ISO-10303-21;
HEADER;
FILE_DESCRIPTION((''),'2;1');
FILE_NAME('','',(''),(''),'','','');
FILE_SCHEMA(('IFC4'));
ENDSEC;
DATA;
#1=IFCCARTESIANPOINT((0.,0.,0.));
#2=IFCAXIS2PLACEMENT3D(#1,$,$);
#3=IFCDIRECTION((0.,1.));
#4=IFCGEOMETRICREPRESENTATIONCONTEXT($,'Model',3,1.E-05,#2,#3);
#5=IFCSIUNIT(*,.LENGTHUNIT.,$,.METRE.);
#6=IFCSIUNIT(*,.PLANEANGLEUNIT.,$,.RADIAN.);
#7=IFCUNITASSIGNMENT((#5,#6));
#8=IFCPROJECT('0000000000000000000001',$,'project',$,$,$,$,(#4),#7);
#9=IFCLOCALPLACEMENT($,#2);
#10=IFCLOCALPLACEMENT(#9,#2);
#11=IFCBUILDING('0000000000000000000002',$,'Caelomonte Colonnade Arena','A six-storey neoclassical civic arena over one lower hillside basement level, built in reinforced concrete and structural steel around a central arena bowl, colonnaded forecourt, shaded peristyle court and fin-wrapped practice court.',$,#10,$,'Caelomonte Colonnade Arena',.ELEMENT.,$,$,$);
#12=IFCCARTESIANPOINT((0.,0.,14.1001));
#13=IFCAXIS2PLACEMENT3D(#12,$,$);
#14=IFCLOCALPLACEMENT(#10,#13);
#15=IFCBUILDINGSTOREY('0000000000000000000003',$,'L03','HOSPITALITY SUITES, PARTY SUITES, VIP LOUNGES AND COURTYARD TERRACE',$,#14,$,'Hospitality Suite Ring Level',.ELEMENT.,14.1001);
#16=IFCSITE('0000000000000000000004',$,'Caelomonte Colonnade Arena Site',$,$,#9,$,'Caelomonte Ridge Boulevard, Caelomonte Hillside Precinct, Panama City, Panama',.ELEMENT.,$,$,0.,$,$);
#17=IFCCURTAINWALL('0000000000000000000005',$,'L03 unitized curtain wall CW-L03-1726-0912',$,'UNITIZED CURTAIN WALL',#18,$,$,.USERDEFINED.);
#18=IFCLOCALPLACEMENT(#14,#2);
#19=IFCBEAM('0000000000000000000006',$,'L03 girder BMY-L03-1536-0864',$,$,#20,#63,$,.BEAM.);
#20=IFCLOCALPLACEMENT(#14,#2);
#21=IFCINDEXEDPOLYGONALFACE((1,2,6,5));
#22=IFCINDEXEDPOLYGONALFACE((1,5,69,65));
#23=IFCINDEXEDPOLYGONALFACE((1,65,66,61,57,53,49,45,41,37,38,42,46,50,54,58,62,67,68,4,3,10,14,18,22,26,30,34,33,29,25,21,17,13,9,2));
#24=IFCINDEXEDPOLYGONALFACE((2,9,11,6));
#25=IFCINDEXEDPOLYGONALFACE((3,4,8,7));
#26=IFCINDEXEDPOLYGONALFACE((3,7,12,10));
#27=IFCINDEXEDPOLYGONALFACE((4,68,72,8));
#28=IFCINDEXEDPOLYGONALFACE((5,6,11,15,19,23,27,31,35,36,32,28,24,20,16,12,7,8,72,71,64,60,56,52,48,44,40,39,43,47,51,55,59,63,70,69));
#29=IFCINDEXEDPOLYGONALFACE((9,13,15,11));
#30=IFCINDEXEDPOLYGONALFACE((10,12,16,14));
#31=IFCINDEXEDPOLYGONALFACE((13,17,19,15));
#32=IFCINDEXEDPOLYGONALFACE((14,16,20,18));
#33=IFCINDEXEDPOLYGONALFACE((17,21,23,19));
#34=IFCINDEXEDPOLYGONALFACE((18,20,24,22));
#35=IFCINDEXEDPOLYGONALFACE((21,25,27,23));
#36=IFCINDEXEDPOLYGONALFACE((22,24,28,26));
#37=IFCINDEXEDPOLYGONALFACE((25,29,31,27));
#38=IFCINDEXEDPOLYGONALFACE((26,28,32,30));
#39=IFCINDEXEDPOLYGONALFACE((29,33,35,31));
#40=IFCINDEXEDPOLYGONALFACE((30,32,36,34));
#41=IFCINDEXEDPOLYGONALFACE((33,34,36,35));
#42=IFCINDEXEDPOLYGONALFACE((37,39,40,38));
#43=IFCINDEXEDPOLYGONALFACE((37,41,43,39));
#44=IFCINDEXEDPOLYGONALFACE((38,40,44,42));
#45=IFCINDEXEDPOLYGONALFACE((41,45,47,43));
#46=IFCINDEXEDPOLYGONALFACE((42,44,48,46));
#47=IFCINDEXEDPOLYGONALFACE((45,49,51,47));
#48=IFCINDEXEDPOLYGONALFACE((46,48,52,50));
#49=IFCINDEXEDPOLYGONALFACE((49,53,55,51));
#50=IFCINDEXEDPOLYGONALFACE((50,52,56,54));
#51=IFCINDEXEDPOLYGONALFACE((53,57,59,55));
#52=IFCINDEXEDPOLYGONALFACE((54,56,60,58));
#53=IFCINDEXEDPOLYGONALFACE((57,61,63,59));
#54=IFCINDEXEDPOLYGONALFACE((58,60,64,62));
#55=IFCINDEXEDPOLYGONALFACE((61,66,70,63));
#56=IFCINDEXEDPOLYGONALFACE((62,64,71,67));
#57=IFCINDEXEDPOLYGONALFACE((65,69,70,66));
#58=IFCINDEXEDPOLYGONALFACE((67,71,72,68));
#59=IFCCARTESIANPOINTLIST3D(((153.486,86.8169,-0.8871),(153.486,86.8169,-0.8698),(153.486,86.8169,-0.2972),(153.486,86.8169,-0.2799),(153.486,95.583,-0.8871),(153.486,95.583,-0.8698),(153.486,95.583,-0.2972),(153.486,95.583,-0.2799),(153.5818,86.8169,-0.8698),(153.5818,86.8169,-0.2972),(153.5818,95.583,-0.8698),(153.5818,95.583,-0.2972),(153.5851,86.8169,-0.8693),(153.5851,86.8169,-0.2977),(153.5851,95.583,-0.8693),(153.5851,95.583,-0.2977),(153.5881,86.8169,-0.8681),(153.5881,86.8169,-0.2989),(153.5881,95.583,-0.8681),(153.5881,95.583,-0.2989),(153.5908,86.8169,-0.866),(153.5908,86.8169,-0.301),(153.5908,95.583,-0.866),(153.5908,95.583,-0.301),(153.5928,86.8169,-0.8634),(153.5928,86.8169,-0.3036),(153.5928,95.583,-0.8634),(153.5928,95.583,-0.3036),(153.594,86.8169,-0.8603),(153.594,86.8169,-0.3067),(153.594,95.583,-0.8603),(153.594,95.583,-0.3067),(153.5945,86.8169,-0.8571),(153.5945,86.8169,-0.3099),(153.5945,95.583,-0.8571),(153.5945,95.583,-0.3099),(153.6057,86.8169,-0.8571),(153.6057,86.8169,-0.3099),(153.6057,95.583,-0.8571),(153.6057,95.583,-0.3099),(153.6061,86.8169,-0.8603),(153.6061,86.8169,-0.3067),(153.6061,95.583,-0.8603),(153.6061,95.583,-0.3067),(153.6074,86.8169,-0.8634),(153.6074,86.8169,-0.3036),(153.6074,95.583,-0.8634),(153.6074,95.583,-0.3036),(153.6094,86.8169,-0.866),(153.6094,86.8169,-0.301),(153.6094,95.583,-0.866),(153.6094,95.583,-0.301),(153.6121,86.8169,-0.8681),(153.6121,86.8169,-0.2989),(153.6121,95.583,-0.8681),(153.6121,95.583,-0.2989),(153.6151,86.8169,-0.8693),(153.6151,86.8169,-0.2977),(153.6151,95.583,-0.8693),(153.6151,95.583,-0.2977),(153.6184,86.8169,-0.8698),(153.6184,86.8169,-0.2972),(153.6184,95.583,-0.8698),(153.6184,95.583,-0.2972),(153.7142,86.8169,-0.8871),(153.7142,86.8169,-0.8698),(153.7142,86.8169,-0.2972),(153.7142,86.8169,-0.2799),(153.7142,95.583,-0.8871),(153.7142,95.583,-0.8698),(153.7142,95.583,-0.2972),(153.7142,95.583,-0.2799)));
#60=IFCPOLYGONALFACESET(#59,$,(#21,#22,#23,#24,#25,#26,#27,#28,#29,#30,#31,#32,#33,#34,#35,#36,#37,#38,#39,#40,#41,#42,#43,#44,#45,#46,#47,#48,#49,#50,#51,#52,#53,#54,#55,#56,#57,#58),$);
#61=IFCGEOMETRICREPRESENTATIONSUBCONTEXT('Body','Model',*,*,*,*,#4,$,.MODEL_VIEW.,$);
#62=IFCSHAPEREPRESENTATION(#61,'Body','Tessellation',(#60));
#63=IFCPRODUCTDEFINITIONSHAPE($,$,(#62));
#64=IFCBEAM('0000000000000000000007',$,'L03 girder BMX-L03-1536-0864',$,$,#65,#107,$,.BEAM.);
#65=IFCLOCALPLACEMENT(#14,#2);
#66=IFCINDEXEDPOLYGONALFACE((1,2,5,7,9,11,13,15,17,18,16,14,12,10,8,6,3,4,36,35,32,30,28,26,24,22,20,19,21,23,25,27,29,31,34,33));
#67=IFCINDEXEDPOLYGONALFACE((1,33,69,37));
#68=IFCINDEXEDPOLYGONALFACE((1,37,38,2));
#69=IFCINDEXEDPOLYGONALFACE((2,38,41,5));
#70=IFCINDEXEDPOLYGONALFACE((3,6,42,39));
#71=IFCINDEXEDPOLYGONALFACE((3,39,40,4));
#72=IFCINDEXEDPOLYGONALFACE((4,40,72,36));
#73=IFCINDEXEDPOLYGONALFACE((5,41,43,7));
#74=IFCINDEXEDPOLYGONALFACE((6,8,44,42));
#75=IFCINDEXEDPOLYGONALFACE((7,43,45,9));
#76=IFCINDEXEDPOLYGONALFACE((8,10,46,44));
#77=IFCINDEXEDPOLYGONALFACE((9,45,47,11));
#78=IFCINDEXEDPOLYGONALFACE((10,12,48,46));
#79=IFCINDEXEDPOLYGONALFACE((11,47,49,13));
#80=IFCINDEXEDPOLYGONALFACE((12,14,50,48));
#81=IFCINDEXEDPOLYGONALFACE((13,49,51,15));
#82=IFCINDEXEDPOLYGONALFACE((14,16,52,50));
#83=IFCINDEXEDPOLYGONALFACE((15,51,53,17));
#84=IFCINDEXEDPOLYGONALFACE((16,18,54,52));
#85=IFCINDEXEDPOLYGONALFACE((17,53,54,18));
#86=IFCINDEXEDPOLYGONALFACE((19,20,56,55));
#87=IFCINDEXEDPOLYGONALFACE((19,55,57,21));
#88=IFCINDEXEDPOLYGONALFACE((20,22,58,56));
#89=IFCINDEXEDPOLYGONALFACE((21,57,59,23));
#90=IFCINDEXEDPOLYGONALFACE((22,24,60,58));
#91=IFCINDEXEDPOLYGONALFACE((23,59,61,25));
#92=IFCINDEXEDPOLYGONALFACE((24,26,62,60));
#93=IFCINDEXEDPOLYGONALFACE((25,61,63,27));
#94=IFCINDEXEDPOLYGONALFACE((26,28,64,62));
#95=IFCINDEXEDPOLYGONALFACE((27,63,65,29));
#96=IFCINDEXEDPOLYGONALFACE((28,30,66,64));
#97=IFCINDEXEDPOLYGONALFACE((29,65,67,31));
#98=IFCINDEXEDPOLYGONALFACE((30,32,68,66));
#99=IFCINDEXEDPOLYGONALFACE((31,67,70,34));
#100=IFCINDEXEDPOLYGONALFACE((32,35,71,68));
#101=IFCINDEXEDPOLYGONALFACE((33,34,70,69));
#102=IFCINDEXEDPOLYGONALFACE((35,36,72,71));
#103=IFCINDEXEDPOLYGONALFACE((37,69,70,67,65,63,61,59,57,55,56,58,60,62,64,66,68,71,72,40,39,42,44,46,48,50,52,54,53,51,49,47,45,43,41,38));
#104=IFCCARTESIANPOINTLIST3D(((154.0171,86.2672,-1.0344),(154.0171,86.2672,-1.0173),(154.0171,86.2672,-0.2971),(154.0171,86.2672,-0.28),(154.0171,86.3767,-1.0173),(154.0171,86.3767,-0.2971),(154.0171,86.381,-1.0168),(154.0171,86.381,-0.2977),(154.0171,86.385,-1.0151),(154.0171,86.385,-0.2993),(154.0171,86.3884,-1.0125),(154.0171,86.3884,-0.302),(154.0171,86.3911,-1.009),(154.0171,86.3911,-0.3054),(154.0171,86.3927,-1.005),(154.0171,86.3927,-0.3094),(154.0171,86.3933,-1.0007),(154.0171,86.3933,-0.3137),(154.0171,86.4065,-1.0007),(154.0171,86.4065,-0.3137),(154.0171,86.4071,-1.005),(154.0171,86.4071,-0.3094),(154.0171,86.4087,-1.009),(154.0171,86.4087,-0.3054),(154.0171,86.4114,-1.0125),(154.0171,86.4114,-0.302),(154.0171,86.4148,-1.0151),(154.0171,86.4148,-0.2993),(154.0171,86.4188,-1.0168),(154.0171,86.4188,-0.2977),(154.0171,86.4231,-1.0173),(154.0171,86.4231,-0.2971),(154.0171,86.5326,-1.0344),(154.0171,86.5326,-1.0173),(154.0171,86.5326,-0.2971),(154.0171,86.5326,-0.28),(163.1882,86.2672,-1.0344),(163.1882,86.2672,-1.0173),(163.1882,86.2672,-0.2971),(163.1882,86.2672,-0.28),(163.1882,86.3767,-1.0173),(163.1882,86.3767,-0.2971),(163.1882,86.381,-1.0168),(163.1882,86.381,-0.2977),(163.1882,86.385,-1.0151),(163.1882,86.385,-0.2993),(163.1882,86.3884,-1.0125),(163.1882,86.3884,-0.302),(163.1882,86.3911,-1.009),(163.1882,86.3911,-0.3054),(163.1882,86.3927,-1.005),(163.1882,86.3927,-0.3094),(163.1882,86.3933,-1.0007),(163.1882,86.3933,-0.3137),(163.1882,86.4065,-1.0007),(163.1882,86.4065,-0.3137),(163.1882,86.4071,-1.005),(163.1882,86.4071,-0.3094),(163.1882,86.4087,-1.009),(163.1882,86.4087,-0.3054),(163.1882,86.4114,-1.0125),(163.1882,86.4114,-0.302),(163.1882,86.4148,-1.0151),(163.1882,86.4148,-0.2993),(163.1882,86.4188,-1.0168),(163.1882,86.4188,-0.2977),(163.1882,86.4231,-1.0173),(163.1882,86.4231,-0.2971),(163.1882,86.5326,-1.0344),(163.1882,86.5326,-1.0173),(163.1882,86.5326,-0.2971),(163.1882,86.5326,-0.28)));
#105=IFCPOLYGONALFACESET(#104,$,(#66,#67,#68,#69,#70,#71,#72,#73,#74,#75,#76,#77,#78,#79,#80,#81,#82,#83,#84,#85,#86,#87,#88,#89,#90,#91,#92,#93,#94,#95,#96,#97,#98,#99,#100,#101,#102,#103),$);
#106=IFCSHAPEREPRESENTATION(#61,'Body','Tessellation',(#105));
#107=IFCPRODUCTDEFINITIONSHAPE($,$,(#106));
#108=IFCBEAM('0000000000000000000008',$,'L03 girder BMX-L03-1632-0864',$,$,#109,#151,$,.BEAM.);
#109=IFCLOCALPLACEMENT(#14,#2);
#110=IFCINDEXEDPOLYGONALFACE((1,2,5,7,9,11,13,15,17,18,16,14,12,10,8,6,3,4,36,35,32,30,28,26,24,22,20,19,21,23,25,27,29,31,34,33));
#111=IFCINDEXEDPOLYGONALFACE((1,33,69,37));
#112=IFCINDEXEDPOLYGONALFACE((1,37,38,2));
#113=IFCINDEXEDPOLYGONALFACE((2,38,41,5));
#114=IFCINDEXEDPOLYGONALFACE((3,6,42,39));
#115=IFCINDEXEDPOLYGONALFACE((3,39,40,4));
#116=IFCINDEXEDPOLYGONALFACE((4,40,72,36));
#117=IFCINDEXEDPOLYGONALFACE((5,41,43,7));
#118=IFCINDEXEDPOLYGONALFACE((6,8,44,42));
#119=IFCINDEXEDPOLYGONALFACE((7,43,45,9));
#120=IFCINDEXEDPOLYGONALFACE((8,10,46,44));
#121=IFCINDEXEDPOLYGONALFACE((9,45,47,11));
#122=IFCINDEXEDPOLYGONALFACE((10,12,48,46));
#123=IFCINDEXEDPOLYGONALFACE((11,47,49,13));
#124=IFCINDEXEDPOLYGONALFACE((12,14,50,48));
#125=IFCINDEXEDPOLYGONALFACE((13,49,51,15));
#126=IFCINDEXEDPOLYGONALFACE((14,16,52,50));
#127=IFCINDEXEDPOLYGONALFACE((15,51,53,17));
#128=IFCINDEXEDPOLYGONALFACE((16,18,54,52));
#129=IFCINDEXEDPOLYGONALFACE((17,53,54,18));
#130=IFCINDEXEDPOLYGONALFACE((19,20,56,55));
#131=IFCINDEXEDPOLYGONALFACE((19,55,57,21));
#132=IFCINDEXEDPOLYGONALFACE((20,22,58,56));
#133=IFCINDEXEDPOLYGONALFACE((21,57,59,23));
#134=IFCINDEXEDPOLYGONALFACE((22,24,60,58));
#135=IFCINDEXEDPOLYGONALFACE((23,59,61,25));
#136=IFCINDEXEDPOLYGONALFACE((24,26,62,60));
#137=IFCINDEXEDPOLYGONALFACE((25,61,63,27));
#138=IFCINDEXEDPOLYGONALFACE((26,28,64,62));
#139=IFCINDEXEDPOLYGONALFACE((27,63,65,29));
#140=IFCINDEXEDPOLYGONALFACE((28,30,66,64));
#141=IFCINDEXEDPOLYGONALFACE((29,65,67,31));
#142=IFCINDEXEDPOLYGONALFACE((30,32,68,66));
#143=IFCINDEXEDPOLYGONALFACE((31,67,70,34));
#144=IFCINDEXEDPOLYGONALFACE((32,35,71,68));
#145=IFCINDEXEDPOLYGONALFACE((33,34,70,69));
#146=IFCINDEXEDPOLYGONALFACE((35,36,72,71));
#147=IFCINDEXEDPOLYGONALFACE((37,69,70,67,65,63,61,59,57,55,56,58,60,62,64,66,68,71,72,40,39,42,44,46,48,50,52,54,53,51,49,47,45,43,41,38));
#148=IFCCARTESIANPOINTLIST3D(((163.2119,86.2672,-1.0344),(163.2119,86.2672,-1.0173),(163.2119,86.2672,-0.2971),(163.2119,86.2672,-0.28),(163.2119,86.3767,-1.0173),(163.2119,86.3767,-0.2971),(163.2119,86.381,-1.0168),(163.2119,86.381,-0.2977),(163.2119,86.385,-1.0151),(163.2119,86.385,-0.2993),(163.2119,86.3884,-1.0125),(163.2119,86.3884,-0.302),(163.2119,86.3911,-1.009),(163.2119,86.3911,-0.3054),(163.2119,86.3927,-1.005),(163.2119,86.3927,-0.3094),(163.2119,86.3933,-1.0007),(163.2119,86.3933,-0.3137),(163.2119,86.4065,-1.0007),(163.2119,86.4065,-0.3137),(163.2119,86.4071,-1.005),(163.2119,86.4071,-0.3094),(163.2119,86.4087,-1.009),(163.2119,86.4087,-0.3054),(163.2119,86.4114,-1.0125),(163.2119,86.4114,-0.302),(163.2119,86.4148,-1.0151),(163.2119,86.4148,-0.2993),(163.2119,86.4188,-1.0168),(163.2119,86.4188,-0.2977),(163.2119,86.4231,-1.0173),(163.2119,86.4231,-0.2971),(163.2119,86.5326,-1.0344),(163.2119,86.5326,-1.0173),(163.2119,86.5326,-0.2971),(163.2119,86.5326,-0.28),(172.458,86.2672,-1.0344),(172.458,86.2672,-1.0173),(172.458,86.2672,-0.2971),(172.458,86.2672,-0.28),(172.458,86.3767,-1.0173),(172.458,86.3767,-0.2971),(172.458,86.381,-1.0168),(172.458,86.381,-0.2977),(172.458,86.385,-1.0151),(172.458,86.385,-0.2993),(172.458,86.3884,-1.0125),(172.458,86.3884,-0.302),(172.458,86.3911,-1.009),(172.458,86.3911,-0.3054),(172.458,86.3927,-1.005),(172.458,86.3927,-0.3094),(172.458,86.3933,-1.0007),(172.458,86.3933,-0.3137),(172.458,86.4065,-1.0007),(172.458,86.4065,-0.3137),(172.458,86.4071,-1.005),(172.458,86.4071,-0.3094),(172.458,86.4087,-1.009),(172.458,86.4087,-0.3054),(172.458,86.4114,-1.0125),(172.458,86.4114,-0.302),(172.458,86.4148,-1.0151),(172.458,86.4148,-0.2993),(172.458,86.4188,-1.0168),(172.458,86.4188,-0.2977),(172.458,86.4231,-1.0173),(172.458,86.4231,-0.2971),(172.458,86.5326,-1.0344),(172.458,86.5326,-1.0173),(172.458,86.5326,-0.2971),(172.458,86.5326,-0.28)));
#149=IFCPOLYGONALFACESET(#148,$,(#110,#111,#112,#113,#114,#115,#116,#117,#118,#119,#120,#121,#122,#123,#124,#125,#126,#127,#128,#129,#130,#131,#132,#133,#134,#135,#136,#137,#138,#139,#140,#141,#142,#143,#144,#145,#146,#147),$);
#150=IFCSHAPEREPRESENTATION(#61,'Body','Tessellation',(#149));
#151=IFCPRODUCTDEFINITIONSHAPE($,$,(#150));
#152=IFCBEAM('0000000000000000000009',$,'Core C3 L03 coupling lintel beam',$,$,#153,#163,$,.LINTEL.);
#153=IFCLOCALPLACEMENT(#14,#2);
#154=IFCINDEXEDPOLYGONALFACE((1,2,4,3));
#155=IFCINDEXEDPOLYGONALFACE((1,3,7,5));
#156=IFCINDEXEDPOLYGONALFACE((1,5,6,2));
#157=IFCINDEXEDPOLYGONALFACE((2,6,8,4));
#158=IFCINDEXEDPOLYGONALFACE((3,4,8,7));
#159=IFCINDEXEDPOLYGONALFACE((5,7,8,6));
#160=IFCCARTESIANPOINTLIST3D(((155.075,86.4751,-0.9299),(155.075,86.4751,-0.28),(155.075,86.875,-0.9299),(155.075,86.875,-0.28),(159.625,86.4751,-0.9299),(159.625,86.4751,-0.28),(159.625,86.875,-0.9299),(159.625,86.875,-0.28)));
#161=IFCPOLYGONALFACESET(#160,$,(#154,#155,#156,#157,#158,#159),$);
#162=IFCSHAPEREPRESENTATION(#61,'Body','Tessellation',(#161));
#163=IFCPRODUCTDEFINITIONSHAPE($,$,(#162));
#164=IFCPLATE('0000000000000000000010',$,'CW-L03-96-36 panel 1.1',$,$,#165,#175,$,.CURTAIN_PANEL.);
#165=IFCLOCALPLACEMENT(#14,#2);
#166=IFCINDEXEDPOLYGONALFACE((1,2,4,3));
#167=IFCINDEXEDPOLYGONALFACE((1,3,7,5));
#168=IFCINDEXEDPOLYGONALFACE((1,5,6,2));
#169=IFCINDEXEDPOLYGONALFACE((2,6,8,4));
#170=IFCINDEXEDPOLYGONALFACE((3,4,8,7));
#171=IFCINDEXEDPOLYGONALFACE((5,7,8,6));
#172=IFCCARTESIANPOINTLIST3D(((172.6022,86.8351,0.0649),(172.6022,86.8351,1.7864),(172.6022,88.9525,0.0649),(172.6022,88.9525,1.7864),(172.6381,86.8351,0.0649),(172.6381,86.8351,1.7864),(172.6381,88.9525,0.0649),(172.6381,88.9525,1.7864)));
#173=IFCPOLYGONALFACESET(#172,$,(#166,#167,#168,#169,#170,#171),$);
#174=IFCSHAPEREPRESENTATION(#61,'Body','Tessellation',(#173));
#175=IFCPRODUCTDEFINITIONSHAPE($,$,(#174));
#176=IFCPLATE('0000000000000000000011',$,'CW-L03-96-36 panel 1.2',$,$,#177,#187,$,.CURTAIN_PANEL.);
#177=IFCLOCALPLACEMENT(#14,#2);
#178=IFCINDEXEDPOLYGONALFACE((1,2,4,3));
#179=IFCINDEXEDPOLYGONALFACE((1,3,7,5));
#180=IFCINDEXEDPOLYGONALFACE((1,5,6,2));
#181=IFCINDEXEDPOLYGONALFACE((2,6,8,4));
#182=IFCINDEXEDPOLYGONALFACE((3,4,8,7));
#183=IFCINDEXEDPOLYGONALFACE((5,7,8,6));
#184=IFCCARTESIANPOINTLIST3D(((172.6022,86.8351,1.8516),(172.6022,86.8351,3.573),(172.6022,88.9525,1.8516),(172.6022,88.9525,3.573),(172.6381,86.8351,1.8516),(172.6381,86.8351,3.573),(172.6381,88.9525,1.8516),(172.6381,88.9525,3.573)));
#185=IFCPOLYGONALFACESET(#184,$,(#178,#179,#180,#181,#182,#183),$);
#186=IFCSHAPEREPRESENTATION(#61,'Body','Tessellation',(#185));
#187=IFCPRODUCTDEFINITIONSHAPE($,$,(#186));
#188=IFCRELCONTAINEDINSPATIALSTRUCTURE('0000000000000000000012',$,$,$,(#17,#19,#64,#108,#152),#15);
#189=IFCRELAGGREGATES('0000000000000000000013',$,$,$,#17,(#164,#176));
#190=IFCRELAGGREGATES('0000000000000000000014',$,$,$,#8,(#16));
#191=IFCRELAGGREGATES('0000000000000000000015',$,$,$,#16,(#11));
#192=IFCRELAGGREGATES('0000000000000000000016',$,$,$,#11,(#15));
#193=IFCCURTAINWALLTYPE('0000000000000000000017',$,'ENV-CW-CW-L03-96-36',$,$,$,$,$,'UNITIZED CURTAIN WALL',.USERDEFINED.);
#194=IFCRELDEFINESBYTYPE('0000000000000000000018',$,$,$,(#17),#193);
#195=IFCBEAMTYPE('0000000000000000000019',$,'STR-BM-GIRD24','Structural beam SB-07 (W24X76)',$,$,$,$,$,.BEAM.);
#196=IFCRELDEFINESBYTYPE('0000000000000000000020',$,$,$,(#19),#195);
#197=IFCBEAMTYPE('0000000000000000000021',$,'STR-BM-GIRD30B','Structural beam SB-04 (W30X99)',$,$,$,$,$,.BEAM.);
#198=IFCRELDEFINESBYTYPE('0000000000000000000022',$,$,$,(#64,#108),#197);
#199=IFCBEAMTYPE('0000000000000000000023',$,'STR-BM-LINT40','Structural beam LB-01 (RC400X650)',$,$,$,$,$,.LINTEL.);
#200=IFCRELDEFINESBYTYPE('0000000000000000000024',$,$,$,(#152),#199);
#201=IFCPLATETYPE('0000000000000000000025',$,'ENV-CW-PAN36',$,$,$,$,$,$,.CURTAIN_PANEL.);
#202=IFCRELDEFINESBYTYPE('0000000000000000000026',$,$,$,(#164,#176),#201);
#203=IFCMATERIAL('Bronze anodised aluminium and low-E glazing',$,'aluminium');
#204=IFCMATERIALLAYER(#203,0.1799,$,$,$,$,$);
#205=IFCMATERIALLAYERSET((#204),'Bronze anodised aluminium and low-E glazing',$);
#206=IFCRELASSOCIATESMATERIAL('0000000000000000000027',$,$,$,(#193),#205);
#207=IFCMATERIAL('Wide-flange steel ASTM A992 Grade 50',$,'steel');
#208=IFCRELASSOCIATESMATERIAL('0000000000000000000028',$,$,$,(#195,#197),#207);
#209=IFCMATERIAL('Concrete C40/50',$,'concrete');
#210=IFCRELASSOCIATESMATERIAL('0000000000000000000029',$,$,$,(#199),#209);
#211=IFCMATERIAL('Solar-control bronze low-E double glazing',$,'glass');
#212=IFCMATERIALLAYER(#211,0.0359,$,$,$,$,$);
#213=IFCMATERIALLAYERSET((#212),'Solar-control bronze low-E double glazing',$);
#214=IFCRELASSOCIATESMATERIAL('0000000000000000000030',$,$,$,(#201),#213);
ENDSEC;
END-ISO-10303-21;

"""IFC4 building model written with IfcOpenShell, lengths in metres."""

from ifc_helpers import new_model, si_unit, direction, frame, origin, origin_2d, place, context, subcontext, project, spatial, rectangle, i_section, extrude, material, layer, layer_set, material_profile, profile_set, type_object, element, aggregate, save


model = new_model("IFC4")

# Units and contexts
model_context = context("Model", 3, precision=1e-05, world=origin(), true_north=direction((0.0, 1.0)))
body_context = subcontext(model_context, "Body", "Model", "MODEL_VIEW")
ifc_project = project(units=[si_unit("LENGTHUNIT", "METRE"), si_unit("PLANEANGLEUNIT", "RADIAN")], contexts=[model_context])

# Site, building, storey
site_placement = place(None, origin())
site = spatial("IfcSite", under=ifc_project, at=site_placement, Name="Caelomonte Colonnade Arena Site", LongName="Caelomonte Ridge Boulevard, Caelomonte Hillside Precinct, Panama City, Panama", CompositionType="ELEMENT", RefElevation=0.0)
building_placement = place(site_placement, origin())
building = spatial("IfcBuilding", under=site, at=building_placement, Name="Caelomonte Colonnade Arena", Description="A six-storey neoclassical civic arena over one lower hillside basement level, built in reinforced concrete and structural steel around a central arena bowl, colonnaded forecourt, shaded peristyle court and fin-wrapped practice court.", LongName="Caelomonte Colonnade Arena", CompositionType="ELEMENT")
storey_placement = place(building_placement, frame((0.0, 0.0, 14.1001)))
storey = spatial("IfcBuildingStorey", under=building, at=storey_placement, Name="L03", Description="HOSPITALITY SUITES, PARTY SUITES, VIP LOUNGES AND COURTYARD TERRACE", LongName="Hospitality Suite Ring Level", CompositionType="ELEMENT", Elevation=14.1001)

# Shared definitions
ifc_material_1 = material(Name="Concrete C40/50", Category="concrete")
ifc_material_2 = material(Name="Wide-flange steel ASTM A992 Grade 50", Category="steel")

# Curtain wall
ifc_material_3 = material(Name="Bronze anodised aluminium and low-E glazing", Category="aluminium")
ifc_layer_1 = layer(ifc_material_3, 0.1799)
ifc_layer_set_1 = layer_set([ifc_layer_1], Name="Bronze anodised aluminium and low-E glazing")
curtain_wall_type = type_object("IfcCurtainWallType", Name="ENV-CW-CW-L03-96-36", ElementType="UNITIZED CURTAIN WALL", PredefinedType="USERDEFINED", material=ifc_layer_set_1)
curtain_wall_placement = place(storey_placement, origin())
curtain_wall = element("IfcCurtainWall", 1, at=curtain_wall_placement, inside=storey, type_object=curtain_wall_type, Name="L03 unitized curtain wall CW-L03-1726-0912", ObjectType="UNITIZED CURTAIN WALL", PredefinedType="USERDEFINED")

# Beams
ifc_material_profile_1 = material_profile(ifc_material_2, i_section(OverallWidth=0.2283, OverallDepth=0.6072, WebThickness=0.0112, FlangeThickness=0.0173, FilletRadius=0.0127, at=origin_2d()), Name="W24X76")
ifc_profile_set_1 = profile_set([ifc_material_profile_1], Name="Wide-flange steel ASTM A992 Grade 50")
beam_type_1 = type_object("IfcBeamType", Name="STR-BM-GIRD24", Description="Structural beam SB-07 (W24X76)", PredefinedType="BEAM", material=ifc_profile_set_1)
beam_1_placement = place(storey_placement, frame((153.6001, 86.8169, -0.5835), z_axis=(0.0, 1.0, 0.0), x_axis=(-1.0, 0.0, 0.0)))
element("IfcBeam", 2, at=beam_1_placement, inside=storey, type_object=beam_type_1, Name="L03 girder BMY-L03-1536-0864", PredefinedType="BEAM", context=body_context, shape_type="SweptSolid", body=[
    extrude(i_section(OverallWidth=0.2283, OverallDepth=0.6072, WebThickness=0.0112, FlangeThickness=0.0173, FilletRadius=0.0127, at=origin_2d()), origin(), (0.0, 0.0, 1.0), 8.7661),
])
ifc_material_profile_2 = material_profile(ifc_material_2, i_section(OverallWidth=0.2654, OverallDepth=0.7544, WebThickness=0.0132, FlangeThickness=0.0171, FilletRadius=0.0166, at=origin_2d()), Name="W30X99")
ifc_profile_set_2 = profile_set([ifc_material_profile_2], Name="Wide-flange steel ASTM A992 Grade 50")
beam_type_2 = type_object("IfcBeamType", Name="STR-BM-GIRD30B", Description="Structural beam SB-04 (W30X99)", PredefinedType="BEAM", material=ifc_profile_set_2)
beam_2_placement = place(storey_placement, frame((154.0171, 86.3999, -0.6572), z_axis=(1.0, 0.0, 0.0), x_axis=(0.0, 1.0, 0.0)))
element("IfcBeam", 3, at=beam_2_placement, inside=storey, type_object=beam_type_2, Name="L03 girder BMX-L03-1536-0864", PredefinedType="BEAM", context=body_context, shape_type="SweptSolid", body=[
    extrude(i_section(OverallWidth=0.2654, OverallDepth=0.7544, WebThickness=0.0132, FlangeThickness=0.0171, FilletRadius=0.0166, at=origin_2d()), origin(), (0.0, 0.0, 1.0), 9.1711),
])
beam_3_placement = place(storey_placement, frame((163.2119, 86.3999, -0.6572), z_axis=(1.0, 0.0, 0.0), x_axis=(0.0, 1.0, 0.0)))
element("IfcBeam", 4, at=beam_3_placement, inside=storey, type_object=beam_type_2, Name="L03 girder BMX-L03-1632-0864", PredefinedType="BEAM", context=body_context, shape_type="SweptSolid", body=[
    extrude(i_section(OverallWidth=0.2654, OverallDepth=0.7544, WebThickness=0.0132, FlangeThickness=0.0171, FilletRadius=0.0166, at=origin_2d()), origin(), (0.0, 0.0, 1.0), 9.2461),
])
ifc_material_profile_3 = material_profile(ifc_material_1, rectangle(XDim=0.3999, YDim=0.6499, at=origin_2d()), Name="RC400X650")
ifc_profile_set_3 = profile_set([ifc_material_profile_3], Name="Concrete C40/50")
beam_type_3 = type_object("IfcBeamType", Name="STR-BM-LINT40", Description="Structural beam LB-01 (RC400X650)", PredefinedType="LINTEL", material=ifc_profile_set_3)
beam_4_placement = place(storey_placement, frame((155.075, 86.675, -0.605), z_axis=(1.0, 0.0, 0.0), x_axis=(0.0, 1.0, 0.0)))
element("IfcBeam", 5, at=beam_4_placement, inside=storey, type_object=beam_type_3, Name="Core C3 L03 coupling lintel beam", PredefinedType="LINTEL", context=body_context, shape_type="SweptSolid", body=[
    extrude(rectangle(XDim=0.3999, YDim=0.6499, at=origin_2d()), origin(), (0.0, 0.0, 1.0), 4.55),
])

# Plates
ifc_material_4 = material(Name="Solar-control bronze low-E double glazing", Category="glass")
ifc_layer_2 = layer(ifc_material_4, 0.0359)
ifc_layer_set_2 = layer_set([ifc_layer_2], Name="Solar-control bronze low-E double glazing")
plate_type = type_object("IfcPlateType", Name="ENV-CW-PAN36", PredefinedType="CURTAIN_PANEL", material=ifc_layer_set_2)
plate_1_placement = place(storey_placement, frame((172.6201, 87.8938, 0.0649), z_axis=(0.0, 0.0, 1.0), x_axis=(0.0, 1.0, 0.0)))
plate_1 = element("IfcPlate", 6, at=plate_1_placement, type_object=plate_type, Name="CW-L03-96-36 panel 1.1", PredefinedType="CURTAIN_PANEL", context=body_context, shape_type="SweptSolid", body=[
    extrude(rectangle(XDim=2.1174, YDim=0.0359, at=origin_2d()), origin(), (0.0, 0.0, 1.0), 1.7214),
])
plate_2_placement = place(storey_placement, frame((172.6201, 87.8938, 1.8516), z_axis=(0.0, 0.0, 1.0), x_axis=(0.0, 1.0, 0.0)))
plate_2 = element("IfcPlate", 7, at=plate_2_placement, type_object=plate_type, Name="CW-L03-96-36 panel 1.2", PredefinedType="CURTAIN_PANEL", context=body_context, shape_type="SweptSolid", body=[
    extrude(rectangle(XDim=2.1174, YDim=0.0359, at=origin_2d()), origin(), (0.0, 0.0, 1.0), 1.7214),
])
aggregate(curtain_wall, [plate_1, plate_2])

save(model, "model.ifc")
